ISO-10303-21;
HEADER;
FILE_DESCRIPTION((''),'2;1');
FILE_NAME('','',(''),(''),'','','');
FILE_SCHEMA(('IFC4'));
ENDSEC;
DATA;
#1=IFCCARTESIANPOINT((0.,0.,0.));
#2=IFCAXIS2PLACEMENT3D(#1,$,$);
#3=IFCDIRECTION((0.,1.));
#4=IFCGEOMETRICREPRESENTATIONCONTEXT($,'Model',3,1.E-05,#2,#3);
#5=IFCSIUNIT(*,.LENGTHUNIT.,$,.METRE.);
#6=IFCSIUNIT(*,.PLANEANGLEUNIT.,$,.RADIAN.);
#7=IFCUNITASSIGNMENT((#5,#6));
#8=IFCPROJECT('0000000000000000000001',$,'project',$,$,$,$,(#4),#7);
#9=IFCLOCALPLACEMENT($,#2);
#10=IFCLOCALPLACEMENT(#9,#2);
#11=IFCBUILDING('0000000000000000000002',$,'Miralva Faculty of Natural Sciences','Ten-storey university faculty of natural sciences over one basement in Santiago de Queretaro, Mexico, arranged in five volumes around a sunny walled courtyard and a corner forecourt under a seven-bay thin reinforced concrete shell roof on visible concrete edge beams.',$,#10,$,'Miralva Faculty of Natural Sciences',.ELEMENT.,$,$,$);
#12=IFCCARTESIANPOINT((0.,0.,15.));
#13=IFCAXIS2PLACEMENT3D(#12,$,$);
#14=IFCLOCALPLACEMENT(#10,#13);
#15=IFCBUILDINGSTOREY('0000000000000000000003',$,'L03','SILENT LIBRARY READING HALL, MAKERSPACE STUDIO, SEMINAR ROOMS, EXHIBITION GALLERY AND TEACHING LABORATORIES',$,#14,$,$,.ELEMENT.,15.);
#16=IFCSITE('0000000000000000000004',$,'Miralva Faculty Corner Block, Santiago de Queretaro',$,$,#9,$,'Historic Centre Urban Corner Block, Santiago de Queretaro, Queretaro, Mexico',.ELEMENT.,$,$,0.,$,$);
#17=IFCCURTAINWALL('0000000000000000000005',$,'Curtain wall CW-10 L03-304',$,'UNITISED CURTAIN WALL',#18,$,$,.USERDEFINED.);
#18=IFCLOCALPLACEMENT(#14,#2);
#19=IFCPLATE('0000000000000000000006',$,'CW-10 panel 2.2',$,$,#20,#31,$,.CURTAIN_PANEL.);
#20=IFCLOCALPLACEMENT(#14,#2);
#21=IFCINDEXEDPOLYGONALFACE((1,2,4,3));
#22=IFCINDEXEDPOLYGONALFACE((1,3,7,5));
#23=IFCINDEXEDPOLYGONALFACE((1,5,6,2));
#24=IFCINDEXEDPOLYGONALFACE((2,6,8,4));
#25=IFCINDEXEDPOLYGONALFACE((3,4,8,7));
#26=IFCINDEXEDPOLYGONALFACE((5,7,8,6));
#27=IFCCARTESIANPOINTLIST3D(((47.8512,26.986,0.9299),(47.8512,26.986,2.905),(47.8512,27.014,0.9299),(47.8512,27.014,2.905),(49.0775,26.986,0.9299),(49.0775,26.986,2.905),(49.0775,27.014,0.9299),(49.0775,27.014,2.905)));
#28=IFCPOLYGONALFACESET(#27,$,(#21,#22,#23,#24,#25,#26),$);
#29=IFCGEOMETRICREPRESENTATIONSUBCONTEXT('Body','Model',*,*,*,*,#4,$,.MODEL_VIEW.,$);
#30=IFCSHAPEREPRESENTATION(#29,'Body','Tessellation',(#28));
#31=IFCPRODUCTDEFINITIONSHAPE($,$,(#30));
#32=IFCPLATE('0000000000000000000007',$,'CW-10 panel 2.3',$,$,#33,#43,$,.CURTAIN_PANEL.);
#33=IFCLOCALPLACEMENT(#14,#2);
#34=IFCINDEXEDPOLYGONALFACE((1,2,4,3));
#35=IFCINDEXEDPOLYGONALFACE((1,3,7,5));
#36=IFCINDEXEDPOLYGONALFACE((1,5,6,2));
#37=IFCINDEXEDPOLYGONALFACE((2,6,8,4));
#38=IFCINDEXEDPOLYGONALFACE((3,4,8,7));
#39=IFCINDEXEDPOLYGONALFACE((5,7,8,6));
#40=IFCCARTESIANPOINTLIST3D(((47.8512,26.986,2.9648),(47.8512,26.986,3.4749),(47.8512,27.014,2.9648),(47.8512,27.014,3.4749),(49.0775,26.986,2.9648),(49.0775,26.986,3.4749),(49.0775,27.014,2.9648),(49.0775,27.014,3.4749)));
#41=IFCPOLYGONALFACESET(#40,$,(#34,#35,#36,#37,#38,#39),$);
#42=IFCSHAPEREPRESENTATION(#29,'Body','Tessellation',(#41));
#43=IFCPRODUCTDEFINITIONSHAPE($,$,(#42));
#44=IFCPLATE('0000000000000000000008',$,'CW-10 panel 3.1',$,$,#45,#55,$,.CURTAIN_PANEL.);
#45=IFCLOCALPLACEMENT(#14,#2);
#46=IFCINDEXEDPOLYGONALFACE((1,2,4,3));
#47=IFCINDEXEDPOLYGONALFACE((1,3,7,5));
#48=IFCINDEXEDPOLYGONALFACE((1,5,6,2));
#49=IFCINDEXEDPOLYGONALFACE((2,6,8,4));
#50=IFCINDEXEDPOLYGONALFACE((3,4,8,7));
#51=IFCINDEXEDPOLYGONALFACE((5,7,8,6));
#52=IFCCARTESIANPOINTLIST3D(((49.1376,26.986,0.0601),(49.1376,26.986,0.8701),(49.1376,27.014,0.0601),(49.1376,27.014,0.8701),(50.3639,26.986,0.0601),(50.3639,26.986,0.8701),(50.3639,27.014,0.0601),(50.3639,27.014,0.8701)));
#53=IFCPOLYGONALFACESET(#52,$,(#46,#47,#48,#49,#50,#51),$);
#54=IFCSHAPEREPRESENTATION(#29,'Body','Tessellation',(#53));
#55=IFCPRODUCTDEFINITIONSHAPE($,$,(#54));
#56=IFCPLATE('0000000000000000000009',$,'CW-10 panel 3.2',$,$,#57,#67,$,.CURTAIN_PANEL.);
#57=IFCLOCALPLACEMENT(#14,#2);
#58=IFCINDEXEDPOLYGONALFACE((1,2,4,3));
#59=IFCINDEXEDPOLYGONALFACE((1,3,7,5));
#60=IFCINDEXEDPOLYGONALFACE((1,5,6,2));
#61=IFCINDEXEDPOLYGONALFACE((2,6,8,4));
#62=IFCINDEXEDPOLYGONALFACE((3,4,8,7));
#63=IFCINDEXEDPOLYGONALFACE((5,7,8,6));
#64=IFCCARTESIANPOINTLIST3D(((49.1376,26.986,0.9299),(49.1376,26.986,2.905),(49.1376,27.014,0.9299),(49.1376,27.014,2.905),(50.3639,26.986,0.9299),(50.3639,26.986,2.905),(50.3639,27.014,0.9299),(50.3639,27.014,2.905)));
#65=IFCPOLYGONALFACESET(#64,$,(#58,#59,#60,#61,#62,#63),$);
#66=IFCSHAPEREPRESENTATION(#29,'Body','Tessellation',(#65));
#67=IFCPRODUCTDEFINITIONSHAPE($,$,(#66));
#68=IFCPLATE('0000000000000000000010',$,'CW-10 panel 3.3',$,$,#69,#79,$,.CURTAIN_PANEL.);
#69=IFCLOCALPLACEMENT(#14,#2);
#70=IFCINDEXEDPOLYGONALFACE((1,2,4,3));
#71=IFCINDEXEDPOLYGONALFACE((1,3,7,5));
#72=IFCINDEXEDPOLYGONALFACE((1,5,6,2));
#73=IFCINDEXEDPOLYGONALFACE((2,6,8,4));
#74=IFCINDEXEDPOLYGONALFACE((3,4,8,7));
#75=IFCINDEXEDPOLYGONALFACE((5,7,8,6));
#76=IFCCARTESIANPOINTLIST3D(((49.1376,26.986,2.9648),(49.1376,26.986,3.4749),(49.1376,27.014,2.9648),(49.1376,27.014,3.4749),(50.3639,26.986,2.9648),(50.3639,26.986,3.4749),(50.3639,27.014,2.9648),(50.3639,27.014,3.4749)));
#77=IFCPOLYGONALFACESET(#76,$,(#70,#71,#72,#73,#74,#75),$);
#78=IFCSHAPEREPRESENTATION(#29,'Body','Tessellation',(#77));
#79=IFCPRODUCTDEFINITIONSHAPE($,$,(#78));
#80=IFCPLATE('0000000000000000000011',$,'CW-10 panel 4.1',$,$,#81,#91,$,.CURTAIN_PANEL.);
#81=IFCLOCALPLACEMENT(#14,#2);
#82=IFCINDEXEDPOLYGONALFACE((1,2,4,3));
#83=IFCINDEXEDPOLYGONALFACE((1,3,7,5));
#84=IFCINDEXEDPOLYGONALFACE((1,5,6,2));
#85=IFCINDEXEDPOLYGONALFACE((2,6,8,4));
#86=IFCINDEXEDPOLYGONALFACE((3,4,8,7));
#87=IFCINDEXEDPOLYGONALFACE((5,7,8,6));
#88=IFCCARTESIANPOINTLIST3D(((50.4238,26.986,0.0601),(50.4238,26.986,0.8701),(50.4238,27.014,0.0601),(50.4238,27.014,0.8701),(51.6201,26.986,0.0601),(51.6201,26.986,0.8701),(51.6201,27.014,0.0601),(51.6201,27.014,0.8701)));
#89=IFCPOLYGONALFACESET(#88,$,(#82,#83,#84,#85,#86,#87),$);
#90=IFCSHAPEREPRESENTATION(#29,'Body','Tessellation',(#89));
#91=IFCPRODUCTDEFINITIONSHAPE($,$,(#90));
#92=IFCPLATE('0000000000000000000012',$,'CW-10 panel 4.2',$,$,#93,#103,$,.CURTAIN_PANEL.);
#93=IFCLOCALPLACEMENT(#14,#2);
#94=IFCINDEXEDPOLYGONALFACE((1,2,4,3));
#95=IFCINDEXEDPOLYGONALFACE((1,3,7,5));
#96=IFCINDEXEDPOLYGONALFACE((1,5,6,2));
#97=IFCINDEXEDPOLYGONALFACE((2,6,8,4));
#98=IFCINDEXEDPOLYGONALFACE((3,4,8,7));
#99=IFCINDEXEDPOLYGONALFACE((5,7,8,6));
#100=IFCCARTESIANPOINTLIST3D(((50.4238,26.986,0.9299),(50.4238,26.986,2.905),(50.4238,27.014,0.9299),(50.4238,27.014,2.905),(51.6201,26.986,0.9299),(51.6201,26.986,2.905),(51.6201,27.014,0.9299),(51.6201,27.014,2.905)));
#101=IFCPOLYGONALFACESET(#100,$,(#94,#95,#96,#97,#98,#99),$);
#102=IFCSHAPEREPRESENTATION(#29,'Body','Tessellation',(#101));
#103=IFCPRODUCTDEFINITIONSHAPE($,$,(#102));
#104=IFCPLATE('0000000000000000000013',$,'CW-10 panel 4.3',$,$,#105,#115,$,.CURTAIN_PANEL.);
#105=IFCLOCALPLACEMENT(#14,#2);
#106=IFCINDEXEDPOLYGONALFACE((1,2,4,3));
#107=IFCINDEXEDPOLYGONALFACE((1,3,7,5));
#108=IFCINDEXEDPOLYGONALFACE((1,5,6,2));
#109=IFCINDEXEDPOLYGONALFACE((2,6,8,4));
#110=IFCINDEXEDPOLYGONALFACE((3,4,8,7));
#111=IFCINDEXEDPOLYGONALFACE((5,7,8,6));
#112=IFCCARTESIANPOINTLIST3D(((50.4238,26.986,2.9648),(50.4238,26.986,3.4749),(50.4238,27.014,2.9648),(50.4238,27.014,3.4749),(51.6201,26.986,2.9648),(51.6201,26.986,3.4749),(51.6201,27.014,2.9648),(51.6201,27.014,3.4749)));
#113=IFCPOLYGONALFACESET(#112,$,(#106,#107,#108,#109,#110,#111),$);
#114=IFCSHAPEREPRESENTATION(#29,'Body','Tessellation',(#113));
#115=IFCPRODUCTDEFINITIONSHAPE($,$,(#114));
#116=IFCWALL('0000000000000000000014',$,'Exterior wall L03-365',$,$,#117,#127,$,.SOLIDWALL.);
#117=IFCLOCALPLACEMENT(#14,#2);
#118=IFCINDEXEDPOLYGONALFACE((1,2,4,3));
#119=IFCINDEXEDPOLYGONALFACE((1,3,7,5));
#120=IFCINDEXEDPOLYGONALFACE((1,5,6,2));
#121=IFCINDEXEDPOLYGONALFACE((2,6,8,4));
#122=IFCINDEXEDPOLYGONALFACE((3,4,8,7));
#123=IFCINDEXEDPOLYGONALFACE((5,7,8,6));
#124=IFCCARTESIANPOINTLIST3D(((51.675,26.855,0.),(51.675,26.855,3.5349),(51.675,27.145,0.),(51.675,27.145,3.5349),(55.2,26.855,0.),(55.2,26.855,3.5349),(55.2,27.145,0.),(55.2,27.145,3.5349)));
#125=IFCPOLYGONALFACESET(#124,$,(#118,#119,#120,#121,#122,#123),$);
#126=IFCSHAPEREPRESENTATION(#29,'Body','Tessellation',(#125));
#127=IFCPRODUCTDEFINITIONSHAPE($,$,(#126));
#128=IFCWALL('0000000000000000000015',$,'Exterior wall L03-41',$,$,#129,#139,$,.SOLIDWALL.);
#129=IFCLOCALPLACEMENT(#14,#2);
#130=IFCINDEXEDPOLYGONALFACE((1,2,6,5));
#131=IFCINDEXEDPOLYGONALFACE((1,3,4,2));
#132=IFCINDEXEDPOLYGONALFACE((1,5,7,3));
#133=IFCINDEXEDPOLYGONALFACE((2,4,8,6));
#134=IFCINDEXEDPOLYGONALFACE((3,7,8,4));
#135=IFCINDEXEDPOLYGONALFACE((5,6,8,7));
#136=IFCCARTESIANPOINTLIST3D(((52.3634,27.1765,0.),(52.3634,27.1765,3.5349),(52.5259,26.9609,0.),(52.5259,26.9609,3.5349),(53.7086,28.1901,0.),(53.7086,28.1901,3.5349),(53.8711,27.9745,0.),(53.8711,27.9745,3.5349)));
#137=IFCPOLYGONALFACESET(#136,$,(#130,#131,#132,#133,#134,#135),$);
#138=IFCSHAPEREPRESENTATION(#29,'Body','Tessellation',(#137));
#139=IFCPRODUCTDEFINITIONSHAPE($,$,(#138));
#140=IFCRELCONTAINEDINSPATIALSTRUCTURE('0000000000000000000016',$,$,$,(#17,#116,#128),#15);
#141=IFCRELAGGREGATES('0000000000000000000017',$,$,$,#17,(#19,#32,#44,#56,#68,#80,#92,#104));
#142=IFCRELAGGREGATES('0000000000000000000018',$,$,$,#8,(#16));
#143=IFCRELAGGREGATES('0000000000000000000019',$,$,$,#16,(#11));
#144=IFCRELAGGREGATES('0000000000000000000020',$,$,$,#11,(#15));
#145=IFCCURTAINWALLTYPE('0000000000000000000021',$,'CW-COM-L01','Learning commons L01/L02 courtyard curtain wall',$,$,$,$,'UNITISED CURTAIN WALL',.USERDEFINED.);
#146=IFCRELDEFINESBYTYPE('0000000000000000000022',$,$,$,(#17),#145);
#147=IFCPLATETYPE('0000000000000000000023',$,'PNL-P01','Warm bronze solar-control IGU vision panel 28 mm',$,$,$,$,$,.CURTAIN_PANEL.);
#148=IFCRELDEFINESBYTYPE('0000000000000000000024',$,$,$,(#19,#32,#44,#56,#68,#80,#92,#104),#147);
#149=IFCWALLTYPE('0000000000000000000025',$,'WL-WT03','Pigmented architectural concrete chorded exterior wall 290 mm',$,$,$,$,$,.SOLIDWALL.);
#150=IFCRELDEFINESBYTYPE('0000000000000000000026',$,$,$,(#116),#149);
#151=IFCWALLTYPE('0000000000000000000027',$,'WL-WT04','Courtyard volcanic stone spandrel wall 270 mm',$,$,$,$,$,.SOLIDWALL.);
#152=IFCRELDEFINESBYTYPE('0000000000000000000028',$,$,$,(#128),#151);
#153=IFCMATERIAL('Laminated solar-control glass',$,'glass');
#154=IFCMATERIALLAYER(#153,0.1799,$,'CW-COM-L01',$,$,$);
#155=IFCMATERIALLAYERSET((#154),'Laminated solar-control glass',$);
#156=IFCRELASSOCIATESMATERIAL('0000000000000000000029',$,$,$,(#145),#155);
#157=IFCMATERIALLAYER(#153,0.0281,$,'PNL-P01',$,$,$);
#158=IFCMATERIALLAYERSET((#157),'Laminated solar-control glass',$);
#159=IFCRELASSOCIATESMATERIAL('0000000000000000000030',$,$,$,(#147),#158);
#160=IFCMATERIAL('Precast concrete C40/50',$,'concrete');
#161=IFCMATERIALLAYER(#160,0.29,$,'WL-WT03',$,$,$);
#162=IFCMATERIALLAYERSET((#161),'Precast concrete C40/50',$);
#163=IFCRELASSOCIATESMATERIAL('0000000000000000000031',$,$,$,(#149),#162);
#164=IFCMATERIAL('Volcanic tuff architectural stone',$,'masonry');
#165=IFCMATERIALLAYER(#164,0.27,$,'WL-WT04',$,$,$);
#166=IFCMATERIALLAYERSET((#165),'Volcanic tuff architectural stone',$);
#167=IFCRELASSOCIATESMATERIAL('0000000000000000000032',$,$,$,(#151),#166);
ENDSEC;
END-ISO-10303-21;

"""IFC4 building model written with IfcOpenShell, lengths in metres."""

from ifc_helpers import new_model, si_unit, direction, frame, frame_2d, origin, origin_2d, place, context, subcontext, project, spatial, rectangle, extrude, material, layer, layer_set, type_object, element, aggregate, save


model = new_model("IFC4")

# Units and contexts
model_context = context("Model", 3, precision=1e-05, world=origin(), true_north=direction((0.0, 1.0)))
body_context = subcontext(model_context, "Body", "Model", "MODEL_VIEW")
ifc_project = project(units=[si_unit("LENGTHUNIT", "METRE"), si_unit("PLANEANGLEUNIT", "RADIAN")], contexts=[model_context])

# Site, building, storey
site_placement = place(None, origin())
site = spatial("IfcSite", under=ifc_project, at=site_placement, Name="Miralva Faculty Corner Block, Santiago de Queretaro", LongName="Historic Centre Urban Corner Block, Santiago de Queretaro, Queretaro, Mexico", CompositionType="ELEMENT", RefElevation=0.0)
building_placement = place(site_placement, origin())
building = spatial("IfcBuilding", under=site, at=building_placement, Name="Miralva Faculty of Natural Sciences", Description="Ten-storey university faculty of natural sciences over one basement in Santiago de Queretaro, Mexico, arranged in five volumes around a sunny walled courtyard and a corner forecourt under a seven-bay thin reinforced concrete shell roof on visible concrete edge beams.", LongName="Miralva Faculty of Natural Sciences", CompositionType="ELEMENT")
storey_placement = place(building_placement, frame((0.0, 0.0, 15.0)))
storey = spatial("IfcBuildingStorey", under=building, at=storey_placement, Name="L03", Description="SILENT LIBRARY READING HALL, MAKERSPACE STUDIO, SEMINAR ROOMS, EXHIBITION GALLERY AND TEACHING LABORATORIES", CompositionType="ELEMENT", Elevation=15.0)

# Shared definitions
ifc_material_1 = material(Name="Laminated solar-control glass", Category="glass")

# Curtain wall
ifc_layer_1 = layer(ifc_material_1, 0.1799, Name="CW-COM-L01")
ifc_layer_set_1 = layer_set([ifc_layer_1], Name="Laminated solar-control glass")
curtain_wall_type_1 = type_object("IfcCurtainWallType", Name="CW-COM-L01", Description="Learning commons L01/L02 courtyard curtain wall", ElementType="UNITISED CURTAIN WALL", PredefinedType="USERDEFINED", material=ifc_layer_set_1)
curtain_wall_1_placement = place(storey_placement, origin())
curtain_wall_1 = element("IfcCurtainWall", 1, at=curtain_wall_1_placement, inside=storey, type_object=curtain_wall_type_1, Name="Curtain wall CW-10 L03-304", ObjectType="UNITISED CURTAIN WALL", PredefinedType="USERDEFINED")

# Plates
ifc_layer_2 = layer(ifc_material_1, 0.0281, Name="PNL-P01")
ifc_layer_set_2 = layer_set([ifc_layer_2], Name="Laminated solar-control glass")
plate_type = type_object("IfcPlateType", Name="PNL-P01", Description="Warm bronze solar-control IGU vision panel 28 mm", PredefinedType="CURTAIN_PANEL", material=ifc_layer_set_2)
plate_1_placement = place(storey_placement, frame((48.4644, 27.0, 0.9299), z_axis=(0.0, 0.0, 1.0), x_axis=(1.0, 0.0, 0.0)))
plate_1 = element("IfcPlate", 2, at=plate_1_placement, type_object=plate_type, Name="CW-10 panel 2.2", PredefinedType="CURTAIN_PANEL", context=body_context, shape_type="SweptSolid", body=[
    extrude(rectangle(XDim=1.2263, YDim=0.0281, at=origin_2d()), origin(), (0.0, 0.0, 1.0), 1.9751),
])
plate_2_placement = place(storey_placement, frame((48.4644, 27.0, 2.9648), z_axis=(0.0, 0.0, 1.0), x_axis=(1.0, 0.0, 0.0)))
plate_2 = element("IfcPlate", 3, at=plate_2_placement, type_object=plate_type, Name="CW-10 panel 2.3", PredefinedType="CURTAIN_PANEL", context=body_context, shape_type="SweptSolid", body=[
    extrude(rectangle(XDim=1.2263, YDim=0.0281, at=origin_2d()), origin(), (0.0, 0.0, 1.0), 0.51),
])
plate_3_placement = place(storey_placement, frame((49.7507, 27.0, 0.0601), z_axis=(0.0, 0.0, 1.0), x_axis=(1.0, 0.0, 0.0)))
plate_3 = element("IfcPlate", 4, at=plate_3_placement, type_object=plate_type, Name="CW-10 panel 3.1", PredefinedType="CURTAIN_PANEL", context=body_context, shape_type="SweptSolid", body=[
    extrude(rectangle(XDim=1.2263, YDim=0.0281, at=origin_2d()), origin(), (0.0, 0.0, 1.0), 0.8101),
])
plate_4_placement = place(storey_placement, frame((49.7507, 27.0, 0.9299), z_axis=(0.0, 0.0, 1.0), x_axis=(1.0, 0.0, 0.0)))
plate_4 = element("IfcPlate", 5, at=plate_4_placement, type_object=plate_type, Name="CW-10 panel 3.2", PredefinedType="CURTAIN_PANEL", context=body_context, shape_type="SweptSolid", body=[
    extrude(rectangle(XDim=1.2263, YDim=0.0281, at=origin_2d()), origin(), (0.0, 0.0, 1.0), 1.9751),
])
plate_5_placement = place(storey_placement, frame((49.7507, 27.0, 2.9648), z_axis=(0.0, 0.0, 1.0), x_axis=(1.0, 0.0, 0.0)))
plate_5 = element("IfcPlate", 6, at=plate_5_placement, type_object=plate_type, Name="CW-10 panel 3.3", PredefinedType="CURTAIN_PANEL", context=body_context, shape_type="SweptSolid", body=[
    extrude(rectangle(XDim=1.2263, YDim=0.0281, at=origin_2d()), origin(), (0.0, 0.0, 1.0), 0.51),
])
plate_6_placement = place(storey_placement, frame((51.022, 27.0, 0.0601), z_axis=(0.0, 0.0, 1.0), x_axis=(1.0, 0.0, 0.0)))
plate_6 = element("IfcPlate", 7, at=plate_6_placement, type_object=plate_type, Name="CW-10 panel 4.1", PredefinedType="CURTAIN_PANEL", context=body_context, shape_type="SweptSolid", body=[
    extrude(rectangle(XDim=1.1963, YDim=0.0281, at=origin_2d()), origin(), (0.0, 0.0, 1.0), 0.8101),
])
plate_7_placement = place(storey_placement, frame((51.022, 27.0, 0.9299), z_axis=(0.0, 0.0, 1.0), x_axis=(1.0, 0.0, 0.0)))
plate_7 = element("IfcPlate", 8, at=plate_7_placement, type_object=plate_type, Name="CW-10 panel 4.2", PredefinedType="CURTAIN_PANEL", context=body_context, shape_type="SweptSolid", body=[
    extrude(rectangle(XDim=1.1963, YDim=0.0281, at=origin_2d()), origin(), (0.0, 0.0, 1.0), 1.9751),
])
plate_8_placement = place(storey_placement, frame((51.022, 27.0, 2.9648), z_axis=(0.0, 0.0, 1.0), x_axis=(1.0, 0.0, 0.0)))
plate_8 = element("IfcPlate", 9, at=plate_8_placement, type_object=plate_type, Name="CW-10 panel 4.3", PredefinedType="CURTAIN_PANEL", context=body_context, shape_type="SweptSolid", body=[
    extrude(rectangle(XDim=1.1963, YDim=0.0281, at=origin_2d()), origin(), (0.0, 0.0, 1.0), 0.51),
])
aggregate(curtain_wall_1, [plate_1, plate_2, plate_3, plate_4, plate_5, plate_6, plate_7, plate_8])

# Walls
ifc_material_2 = material(Name="Precast concrete C40/50", Category="concrete")
ifc_layer_3 = layer(ifc_material_2, 0.29, Name="WL-WT03")
ifc_layer_set_3 = layer_set([ifc_layer_3], Name="Precast concrete C40/50")
wall_type_1 = type_object("IfcWallType", Name="WL-WT03", Description="Pigmented architectural concrete chorded exterior wall 290 mm", PredefinedType="SOLIDWALL", material=ifc_layer_set_3)
wall_1_placement = place(storey_placement, frame((51.675, 27.0, 0.0), z_axis=(0.0, 0.0, 1.0), x_axis=(1.0, 0.0, 0.0)))
element("IfcWall", 10, at=wall_1_placement, inside=storey, type_object=wall_type_1, Name="Exterior wall L03-365", PredefinedType="SOLIDWALL", context=body_context, shape_type="SweptSolid", body=[
    extrude(rectangle(XDim=3.5249, YDim=0.29, at=frame_2d((1.7625, 0.0))), origin(), (0.0, 0.0, 1.0), 3.5349),
])
ifc_material_3 = material(Name="Volcanic tuff architectural stone", Category="masonry")
ifc_layer_4 = layer(ifc_material_3, 0.27, Name="WL-WT04")
ifc_layer_set_4 = layer_set([ifc_layer_4], Name="Volcanic tuff architectural stone")
wall_type_2 = type_object("IfcWallType", Name="WL-WT04", Description="Courtyard volcanic stone spandrel wall 270 mm", PredefinedType="SOLIDWALL", material=ifc_layer_set_4)
wall_2_placement = place(storey_placement, frame((52.4446, 27.0686, 0.0), z_axis=(0.0, 0.0, 1.0), x_axis=(0.798641, 0.601807, 0.0)))
element("IfcWall", 11, at=wall_2_placement, inside=storey, type_object=wall_type_2, Name="Exterior wall L03-41", PredefinedType="SOLIDWALL", context=body_context, shape_type="SweptSolid", body=[
    extrude(rectangle(XDim=1.6843, YDim=0.27, at=frame_2d((0.8423, 0.0))), origin(), (0.0, 0.0, 1.0), 3.5349),
])

save(model, "model.ifc")
